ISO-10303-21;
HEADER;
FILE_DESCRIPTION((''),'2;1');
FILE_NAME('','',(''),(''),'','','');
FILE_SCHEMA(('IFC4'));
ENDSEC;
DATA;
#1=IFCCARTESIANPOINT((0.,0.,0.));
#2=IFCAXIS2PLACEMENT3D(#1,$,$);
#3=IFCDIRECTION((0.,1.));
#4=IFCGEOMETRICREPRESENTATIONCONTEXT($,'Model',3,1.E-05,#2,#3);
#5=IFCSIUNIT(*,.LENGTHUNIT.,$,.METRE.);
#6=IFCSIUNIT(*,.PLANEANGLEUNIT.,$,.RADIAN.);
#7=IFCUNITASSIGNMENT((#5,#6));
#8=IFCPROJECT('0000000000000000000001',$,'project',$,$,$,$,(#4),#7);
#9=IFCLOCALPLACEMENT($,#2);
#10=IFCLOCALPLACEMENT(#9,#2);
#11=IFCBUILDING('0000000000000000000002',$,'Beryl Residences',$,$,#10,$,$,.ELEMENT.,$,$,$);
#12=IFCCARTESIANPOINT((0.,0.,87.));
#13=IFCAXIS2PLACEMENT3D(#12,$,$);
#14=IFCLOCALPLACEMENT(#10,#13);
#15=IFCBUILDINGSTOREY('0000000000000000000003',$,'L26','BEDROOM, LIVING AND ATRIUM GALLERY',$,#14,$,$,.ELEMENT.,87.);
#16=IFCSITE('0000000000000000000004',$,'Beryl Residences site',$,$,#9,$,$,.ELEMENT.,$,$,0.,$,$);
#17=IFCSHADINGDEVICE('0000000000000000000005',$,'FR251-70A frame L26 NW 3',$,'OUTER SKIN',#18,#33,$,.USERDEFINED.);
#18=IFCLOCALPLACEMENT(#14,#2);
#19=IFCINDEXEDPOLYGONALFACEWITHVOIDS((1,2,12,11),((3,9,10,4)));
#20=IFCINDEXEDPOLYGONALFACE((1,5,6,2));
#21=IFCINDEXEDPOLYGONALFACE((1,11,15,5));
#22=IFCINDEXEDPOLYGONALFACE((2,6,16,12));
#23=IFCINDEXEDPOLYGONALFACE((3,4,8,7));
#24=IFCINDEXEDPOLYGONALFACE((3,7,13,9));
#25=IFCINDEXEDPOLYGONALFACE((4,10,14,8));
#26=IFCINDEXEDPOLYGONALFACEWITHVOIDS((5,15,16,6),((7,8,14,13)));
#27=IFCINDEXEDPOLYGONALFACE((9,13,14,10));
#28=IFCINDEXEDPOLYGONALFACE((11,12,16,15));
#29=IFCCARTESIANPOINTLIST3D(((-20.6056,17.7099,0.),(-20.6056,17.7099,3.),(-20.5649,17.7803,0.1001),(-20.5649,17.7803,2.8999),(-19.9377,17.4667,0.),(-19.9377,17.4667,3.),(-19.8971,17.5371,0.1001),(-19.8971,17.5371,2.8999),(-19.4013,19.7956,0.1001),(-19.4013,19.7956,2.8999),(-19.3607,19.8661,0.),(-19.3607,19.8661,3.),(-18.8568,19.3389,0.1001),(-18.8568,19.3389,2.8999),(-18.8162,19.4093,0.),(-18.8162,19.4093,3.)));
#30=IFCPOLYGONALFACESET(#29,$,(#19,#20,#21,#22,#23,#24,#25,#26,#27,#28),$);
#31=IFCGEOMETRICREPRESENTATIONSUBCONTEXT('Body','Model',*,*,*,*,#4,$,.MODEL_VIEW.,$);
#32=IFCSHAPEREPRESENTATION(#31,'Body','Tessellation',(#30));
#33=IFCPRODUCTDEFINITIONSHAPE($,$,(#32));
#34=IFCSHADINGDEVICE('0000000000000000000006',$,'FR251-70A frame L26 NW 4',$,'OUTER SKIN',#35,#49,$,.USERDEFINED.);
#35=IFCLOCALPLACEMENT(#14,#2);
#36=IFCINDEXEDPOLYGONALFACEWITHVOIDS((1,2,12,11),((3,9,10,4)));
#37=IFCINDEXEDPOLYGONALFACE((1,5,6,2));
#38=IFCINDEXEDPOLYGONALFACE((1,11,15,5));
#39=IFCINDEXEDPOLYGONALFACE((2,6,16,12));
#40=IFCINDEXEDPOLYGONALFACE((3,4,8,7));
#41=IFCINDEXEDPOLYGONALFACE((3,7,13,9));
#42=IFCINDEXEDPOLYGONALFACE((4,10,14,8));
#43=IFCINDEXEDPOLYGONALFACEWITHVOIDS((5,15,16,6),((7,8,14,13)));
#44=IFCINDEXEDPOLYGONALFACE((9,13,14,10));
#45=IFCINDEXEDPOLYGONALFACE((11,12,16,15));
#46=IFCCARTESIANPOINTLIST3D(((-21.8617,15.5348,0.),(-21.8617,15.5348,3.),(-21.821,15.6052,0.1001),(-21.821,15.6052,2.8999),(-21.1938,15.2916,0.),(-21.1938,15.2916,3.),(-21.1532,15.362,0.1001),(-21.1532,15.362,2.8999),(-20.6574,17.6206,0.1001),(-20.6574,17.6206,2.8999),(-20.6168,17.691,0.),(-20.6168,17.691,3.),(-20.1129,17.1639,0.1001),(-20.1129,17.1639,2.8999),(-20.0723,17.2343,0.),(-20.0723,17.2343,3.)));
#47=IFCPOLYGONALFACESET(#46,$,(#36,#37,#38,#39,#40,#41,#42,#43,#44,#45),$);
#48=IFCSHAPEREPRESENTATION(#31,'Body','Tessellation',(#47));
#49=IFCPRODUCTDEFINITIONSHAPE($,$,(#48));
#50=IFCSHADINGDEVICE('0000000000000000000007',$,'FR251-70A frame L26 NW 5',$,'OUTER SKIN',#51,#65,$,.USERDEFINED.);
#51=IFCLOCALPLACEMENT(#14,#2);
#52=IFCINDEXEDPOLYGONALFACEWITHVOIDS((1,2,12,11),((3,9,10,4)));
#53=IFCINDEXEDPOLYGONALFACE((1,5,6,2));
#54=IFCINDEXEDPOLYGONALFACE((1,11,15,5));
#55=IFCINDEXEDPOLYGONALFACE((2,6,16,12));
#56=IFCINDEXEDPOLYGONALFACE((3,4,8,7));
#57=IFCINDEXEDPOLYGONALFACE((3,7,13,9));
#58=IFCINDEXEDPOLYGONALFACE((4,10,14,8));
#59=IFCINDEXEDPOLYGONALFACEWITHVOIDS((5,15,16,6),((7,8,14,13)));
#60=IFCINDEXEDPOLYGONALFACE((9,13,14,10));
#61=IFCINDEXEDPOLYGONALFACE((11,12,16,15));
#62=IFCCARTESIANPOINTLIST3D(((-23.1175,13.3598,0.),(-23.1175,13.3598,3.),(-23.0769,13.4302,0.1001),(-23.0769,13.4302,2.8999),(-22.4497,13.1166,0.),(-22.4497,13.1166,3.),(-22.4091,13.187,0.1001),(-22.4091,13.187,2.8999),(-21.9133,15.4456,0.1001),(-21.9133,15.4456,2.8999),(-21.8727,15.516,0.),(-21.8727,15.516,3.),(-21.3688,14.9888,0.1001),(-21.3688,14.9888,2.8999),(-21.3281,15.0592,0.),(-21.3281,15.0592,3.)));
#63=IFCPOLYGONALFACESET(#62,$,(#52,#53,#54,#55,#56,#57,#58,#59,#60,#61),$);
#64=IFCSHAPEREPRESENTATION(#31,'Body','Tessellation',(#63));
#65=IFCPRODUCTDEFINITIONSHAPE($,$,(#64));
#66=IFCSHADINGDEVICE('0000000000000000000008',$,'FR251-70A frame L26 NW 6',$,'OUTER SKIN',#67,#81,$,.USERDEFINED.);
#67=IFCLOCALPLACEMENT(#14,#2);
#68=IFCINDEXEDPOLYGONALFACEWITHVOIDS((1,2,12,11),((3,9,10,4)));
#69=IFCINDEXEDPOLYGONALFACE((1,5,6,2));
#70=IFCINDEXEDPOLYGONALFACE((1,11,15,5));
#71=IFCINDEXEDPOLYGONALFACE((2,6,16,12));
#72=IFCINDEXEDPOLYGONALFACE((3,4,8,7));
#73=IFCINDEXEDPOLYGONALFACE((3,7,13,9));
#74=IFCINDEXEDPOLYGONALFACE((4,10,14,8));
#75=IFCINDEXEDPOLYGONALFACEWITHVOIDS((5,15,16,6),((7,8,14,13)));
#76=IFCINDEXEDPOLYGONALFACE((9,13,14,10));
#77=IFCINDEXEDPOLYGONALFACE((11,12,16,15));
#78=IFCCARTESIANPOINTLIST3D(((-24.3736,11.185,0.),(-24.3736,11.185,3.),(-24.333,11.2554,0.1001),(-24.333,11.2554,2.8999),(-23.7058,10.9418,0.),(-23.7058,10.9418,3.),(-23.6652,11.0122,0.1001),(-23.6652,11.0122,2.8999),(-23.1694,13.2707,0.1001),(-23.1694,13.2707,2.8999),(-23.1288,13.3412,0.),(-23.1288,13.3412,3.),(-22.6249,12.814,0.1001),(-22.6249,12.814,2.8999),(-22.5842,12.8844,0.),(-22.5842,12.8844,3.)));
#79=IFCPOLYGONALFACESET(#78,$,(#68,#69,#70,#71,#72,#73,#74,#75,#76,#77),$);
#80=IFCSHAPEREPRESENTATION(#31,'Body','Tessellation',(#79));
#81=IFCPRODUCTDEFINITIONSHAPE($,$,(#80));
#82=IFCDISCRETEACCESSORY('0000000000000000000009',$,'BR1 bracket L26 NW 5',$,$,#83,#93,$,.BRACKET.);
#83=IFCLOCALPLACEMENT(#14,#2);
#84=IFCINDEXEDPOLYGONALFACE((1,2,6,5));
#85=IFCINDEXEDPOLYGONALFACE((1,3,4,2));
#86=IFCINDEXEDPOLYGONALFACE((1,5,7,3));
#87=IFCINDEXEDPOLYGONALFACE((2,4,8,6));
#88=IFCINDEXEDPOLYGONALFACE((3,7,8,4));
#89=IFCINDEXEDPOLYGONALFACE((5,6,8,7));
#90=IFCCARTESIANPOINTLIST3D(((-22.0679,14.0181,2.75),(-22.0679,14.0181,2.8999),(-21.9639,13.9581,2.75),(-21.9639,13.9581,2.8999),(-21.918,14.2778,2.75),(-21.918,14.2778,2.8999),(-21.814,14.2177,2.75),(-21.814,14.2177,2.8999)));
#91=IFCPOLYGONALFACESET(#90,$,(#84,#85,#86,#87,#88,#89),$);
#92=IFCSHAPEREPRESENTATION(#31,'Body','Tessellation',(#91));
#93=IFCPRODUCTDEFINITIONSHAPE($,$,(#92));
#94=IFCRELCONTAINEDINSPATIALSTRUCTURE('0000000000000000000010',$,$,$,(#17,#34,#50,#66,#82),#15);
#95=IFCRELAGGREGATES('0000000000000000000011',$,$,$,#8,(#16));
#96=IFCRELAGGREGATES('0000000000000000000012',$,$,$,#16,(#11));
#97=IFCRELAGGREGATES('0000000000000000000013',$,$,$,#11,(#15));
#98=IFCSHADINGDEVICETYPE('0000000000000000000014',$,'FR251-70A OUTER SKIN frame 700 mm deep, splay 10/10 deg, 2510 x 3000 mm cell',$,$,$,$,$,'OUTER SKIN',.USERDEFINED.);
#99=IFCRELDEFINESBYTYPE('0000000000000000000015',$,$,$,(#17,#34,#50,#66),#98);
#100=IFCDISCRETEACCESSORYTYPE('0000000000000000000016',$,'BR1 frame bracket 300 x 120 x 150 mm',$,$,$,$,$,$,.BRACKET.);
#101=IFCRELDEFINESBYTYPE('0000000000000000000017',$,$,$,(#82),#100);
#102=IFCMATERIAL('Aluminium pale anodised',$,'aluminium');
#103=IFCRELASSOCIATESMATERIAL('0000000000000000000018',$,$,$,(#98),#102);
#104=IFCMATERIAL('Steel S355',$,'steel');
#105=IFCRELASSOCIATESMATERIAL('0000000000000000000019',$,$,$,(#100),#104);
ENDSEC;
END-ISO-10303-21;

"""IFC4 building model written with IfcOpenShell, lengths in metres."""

from ifc_helpers import new_model, entity, si_unit, direction, frame, origin, place, context, subcontext, project, spatial, polyline, outline, extrude, source, transform, mapped, material, type_object, type_shapes, element, save


model = new_model("IFC4")

# Units and contexts
model_context = context("Model", 3, precision=1e-05, world=origin(), true_north=direction((0.0, 1.0)))
body_context = subcontext(model_context, "Body", "Model", "MODEL_VIEW")
ifc_project = project(units=[si_unit("LENGTHUNIT", "METRE"), si_unit("PLANEANGLEUNIT", "RADIAN")], contexts=[model_context])

# Site, building, storey
site_placement = place(None, origin())
site = spatial("IfcSite", under=ifc_project, at=site_placement, Name="Beryl Residences site", CompositionType="ELEMENT", RefElevation=0.0)
building_placement = place(site_placement, origin())
building = spatial("IfcBuilding", under=site, at=building_placement, Name="Beryl Residences", CompositionType="ELEMENT")
storey_placement = place(building_placement, frame((0.0, 0.0, 87.0)))
storey = spatial("IfcBuildingStorey", under=building, at=storey_placement, Name="L26", Description="BEDROOM, LIVING AND ATRIUM GALLERY", CompositionType="ELEMENT", Elevation=87.0)

# Shading devices
ifc_material_1 = material(Name="Aluminium pale anodised", Category="aluminium")
shading_device_type = type_object("IfcShadingDeviceType", Name="FR251-70A OUTER SKIN frame 700 mm deep, splay 10/10 deg, 2510 x 3000 mm cell", ElementType="OUTER SKIN", PredefinedType="USERDEFINED", material=ifc_material_1)
cartesian_point_1 = entity("IfcCartesianPoint", [-1.1216, 0.0])
cartesian_point_2 = entity("IfcCartesianPoint", [-1.0403, 0.1001])
cartesian_point_3 = entity("IfcCartesianPoint", [-1.2449, 0.0])
cartesian_point_4 = entity("IfcCartesianPoint", [-1.1636, 0.1001])
shared_shape_1 = source(origin(), body_context, "Body", "SweptSolid", [
    entity("IfcExtrudedAreaSolidTapered", entity("IfcArbitraryProfileDefWithVoids", "AREA", None, entity("IfcPolyline", [cartesian_point_1, entity("IfcCartesianPoint", [1.1216, 0.0]), entity("IfcCartesianPoint", [1.1216, 3.0]), entity("IfcCartesianPoint", [-1.1216, 3.0]), cartesian_point_1]), [entity("IfcPolyline", [cartesian_point_2, entity("IfcCartesianPoint", [1.0403, 0.1001]), entity("IfcCartesianPoint", [1.0403, 2.8999]), entity("IfcCartesianPoint", [-1.0403, 2.8999]), cartesian_point_2])]), entity("IfcAxis2Placement3D", entity("IfcCartesianPoint", [0.0, 0.0, 0.0]), entity("IfcDirection", [0.0, 1.0, 0.0]), entity("IfcDirection", [-1.0, 0.0, 0.0])), entity("IfcDirection", [0.0, 0.0, 1.0]), 0.7, entity("IfcArbitraryProfileDefWithVoids", "AREA", None, entity("IfcPolyline", [cartesian_point_3, entity("IfcCartesianPoint", [1.2449, 0.0]), entity("IfcCartesianPoint", [1.2449, 3.0]), entity("IfcCartesianPoint", [-1.2449, 3.0]), cartesian_point_3]), [entity("IfcPolyline", [cartesian_point_4, entity("IfcCartesianPoint", [1.1636, 0.1001]), entity("IfcCartesianPoint", [1.1636, 2.8999]), entity("IfcCartesianPoint", [-1.1636, 2.8999]), cartesian_point_4])])),
])
type_shapes(shading_device_type, [shared_shape_1])
for number, where, z_axis, x_axis, name in (
    (1, (-19.377, 18.438, 0.0), (0.0, 0.0, 1.0), (0.5, 0.866025, 0.0), "FR251-70A frame L26 NW 3"),
    (2, (-20.6331, 16.2629, 0.0), (0.0, 0.0, 1.0), (0.5, 0.866025, 0.0), "FR251-70A frame L26 NW 4"),
    (3, (-21.8889, 14.0879, 0.0), (0.0, 0.0, 1.0), (0.5, 0.866025, 0.0), "FR251-70A frame L26 NW 5"),
    (4, (-23.145, 11.9131, 0.0), (0.0, 0.0, 1.0), (0.5, 0.866025, 0.0), "FR251-70A frame L26 NW 6"),
):
    element("IfcShadingDevice", number, at=place(storey_placement, frame(where, z_axis=z_axis, x_axis=x_axis)), inside=storey, type_object=shading_device_type, Name=name, ObjectType="OUTER SKIN", PredefinedType="USERDEFINED", context=body_context, shape_type="MappedRepresentation", body=[
        mapped(shared_shape_1, transform((0.0, 0.0, 0.0))),
    ])

# Discrete accessory
ifc_material_2 = material(Name="Steel S355", Category="steel")
discrete_accessory_type = type_object("IfcDiscreteAccessoryType", Name="BR1 frame bracket 300 x 120 x 150 mm", PredefinedType="BRACKET", material=ifc_material_2)
shared_shape_2 = source(origin(), body_context, "Body", "SweptSolid", [
    extrude(outline(polyline([(-0.1499, 0.0), (0.1499, 0.0), (0.1499, 0.1201), (-0.1499, 0.1201), (-0.1499, 0.0)])), origin(), (0.0, 0.0, 1.0), 0.1499),
])
type_shapes(discrete_accessory_type, [shared_shape_2])
discrete_accessory_placement = place(storey_placement, frame((-21.8889, 14.0879, 2.75), z_axis=(0.0, 0.0, 1.0), x_axis=(0.5, 0.866025, 0.0)))
element("IfcDiscreteAccessory", 5, at=discrete_accessory_placement, inside=storey, type_object=discrete_accessory_type, Name="BR1 bracket L26 NW 5", PredefinedType="BRACKET", context=body_context, shape_type="MappedRepresentation", body=[
    mapped(shared_shape_2, transform((0.0, 0.0, 0.0))),
])

save(model, "model.ifc")
